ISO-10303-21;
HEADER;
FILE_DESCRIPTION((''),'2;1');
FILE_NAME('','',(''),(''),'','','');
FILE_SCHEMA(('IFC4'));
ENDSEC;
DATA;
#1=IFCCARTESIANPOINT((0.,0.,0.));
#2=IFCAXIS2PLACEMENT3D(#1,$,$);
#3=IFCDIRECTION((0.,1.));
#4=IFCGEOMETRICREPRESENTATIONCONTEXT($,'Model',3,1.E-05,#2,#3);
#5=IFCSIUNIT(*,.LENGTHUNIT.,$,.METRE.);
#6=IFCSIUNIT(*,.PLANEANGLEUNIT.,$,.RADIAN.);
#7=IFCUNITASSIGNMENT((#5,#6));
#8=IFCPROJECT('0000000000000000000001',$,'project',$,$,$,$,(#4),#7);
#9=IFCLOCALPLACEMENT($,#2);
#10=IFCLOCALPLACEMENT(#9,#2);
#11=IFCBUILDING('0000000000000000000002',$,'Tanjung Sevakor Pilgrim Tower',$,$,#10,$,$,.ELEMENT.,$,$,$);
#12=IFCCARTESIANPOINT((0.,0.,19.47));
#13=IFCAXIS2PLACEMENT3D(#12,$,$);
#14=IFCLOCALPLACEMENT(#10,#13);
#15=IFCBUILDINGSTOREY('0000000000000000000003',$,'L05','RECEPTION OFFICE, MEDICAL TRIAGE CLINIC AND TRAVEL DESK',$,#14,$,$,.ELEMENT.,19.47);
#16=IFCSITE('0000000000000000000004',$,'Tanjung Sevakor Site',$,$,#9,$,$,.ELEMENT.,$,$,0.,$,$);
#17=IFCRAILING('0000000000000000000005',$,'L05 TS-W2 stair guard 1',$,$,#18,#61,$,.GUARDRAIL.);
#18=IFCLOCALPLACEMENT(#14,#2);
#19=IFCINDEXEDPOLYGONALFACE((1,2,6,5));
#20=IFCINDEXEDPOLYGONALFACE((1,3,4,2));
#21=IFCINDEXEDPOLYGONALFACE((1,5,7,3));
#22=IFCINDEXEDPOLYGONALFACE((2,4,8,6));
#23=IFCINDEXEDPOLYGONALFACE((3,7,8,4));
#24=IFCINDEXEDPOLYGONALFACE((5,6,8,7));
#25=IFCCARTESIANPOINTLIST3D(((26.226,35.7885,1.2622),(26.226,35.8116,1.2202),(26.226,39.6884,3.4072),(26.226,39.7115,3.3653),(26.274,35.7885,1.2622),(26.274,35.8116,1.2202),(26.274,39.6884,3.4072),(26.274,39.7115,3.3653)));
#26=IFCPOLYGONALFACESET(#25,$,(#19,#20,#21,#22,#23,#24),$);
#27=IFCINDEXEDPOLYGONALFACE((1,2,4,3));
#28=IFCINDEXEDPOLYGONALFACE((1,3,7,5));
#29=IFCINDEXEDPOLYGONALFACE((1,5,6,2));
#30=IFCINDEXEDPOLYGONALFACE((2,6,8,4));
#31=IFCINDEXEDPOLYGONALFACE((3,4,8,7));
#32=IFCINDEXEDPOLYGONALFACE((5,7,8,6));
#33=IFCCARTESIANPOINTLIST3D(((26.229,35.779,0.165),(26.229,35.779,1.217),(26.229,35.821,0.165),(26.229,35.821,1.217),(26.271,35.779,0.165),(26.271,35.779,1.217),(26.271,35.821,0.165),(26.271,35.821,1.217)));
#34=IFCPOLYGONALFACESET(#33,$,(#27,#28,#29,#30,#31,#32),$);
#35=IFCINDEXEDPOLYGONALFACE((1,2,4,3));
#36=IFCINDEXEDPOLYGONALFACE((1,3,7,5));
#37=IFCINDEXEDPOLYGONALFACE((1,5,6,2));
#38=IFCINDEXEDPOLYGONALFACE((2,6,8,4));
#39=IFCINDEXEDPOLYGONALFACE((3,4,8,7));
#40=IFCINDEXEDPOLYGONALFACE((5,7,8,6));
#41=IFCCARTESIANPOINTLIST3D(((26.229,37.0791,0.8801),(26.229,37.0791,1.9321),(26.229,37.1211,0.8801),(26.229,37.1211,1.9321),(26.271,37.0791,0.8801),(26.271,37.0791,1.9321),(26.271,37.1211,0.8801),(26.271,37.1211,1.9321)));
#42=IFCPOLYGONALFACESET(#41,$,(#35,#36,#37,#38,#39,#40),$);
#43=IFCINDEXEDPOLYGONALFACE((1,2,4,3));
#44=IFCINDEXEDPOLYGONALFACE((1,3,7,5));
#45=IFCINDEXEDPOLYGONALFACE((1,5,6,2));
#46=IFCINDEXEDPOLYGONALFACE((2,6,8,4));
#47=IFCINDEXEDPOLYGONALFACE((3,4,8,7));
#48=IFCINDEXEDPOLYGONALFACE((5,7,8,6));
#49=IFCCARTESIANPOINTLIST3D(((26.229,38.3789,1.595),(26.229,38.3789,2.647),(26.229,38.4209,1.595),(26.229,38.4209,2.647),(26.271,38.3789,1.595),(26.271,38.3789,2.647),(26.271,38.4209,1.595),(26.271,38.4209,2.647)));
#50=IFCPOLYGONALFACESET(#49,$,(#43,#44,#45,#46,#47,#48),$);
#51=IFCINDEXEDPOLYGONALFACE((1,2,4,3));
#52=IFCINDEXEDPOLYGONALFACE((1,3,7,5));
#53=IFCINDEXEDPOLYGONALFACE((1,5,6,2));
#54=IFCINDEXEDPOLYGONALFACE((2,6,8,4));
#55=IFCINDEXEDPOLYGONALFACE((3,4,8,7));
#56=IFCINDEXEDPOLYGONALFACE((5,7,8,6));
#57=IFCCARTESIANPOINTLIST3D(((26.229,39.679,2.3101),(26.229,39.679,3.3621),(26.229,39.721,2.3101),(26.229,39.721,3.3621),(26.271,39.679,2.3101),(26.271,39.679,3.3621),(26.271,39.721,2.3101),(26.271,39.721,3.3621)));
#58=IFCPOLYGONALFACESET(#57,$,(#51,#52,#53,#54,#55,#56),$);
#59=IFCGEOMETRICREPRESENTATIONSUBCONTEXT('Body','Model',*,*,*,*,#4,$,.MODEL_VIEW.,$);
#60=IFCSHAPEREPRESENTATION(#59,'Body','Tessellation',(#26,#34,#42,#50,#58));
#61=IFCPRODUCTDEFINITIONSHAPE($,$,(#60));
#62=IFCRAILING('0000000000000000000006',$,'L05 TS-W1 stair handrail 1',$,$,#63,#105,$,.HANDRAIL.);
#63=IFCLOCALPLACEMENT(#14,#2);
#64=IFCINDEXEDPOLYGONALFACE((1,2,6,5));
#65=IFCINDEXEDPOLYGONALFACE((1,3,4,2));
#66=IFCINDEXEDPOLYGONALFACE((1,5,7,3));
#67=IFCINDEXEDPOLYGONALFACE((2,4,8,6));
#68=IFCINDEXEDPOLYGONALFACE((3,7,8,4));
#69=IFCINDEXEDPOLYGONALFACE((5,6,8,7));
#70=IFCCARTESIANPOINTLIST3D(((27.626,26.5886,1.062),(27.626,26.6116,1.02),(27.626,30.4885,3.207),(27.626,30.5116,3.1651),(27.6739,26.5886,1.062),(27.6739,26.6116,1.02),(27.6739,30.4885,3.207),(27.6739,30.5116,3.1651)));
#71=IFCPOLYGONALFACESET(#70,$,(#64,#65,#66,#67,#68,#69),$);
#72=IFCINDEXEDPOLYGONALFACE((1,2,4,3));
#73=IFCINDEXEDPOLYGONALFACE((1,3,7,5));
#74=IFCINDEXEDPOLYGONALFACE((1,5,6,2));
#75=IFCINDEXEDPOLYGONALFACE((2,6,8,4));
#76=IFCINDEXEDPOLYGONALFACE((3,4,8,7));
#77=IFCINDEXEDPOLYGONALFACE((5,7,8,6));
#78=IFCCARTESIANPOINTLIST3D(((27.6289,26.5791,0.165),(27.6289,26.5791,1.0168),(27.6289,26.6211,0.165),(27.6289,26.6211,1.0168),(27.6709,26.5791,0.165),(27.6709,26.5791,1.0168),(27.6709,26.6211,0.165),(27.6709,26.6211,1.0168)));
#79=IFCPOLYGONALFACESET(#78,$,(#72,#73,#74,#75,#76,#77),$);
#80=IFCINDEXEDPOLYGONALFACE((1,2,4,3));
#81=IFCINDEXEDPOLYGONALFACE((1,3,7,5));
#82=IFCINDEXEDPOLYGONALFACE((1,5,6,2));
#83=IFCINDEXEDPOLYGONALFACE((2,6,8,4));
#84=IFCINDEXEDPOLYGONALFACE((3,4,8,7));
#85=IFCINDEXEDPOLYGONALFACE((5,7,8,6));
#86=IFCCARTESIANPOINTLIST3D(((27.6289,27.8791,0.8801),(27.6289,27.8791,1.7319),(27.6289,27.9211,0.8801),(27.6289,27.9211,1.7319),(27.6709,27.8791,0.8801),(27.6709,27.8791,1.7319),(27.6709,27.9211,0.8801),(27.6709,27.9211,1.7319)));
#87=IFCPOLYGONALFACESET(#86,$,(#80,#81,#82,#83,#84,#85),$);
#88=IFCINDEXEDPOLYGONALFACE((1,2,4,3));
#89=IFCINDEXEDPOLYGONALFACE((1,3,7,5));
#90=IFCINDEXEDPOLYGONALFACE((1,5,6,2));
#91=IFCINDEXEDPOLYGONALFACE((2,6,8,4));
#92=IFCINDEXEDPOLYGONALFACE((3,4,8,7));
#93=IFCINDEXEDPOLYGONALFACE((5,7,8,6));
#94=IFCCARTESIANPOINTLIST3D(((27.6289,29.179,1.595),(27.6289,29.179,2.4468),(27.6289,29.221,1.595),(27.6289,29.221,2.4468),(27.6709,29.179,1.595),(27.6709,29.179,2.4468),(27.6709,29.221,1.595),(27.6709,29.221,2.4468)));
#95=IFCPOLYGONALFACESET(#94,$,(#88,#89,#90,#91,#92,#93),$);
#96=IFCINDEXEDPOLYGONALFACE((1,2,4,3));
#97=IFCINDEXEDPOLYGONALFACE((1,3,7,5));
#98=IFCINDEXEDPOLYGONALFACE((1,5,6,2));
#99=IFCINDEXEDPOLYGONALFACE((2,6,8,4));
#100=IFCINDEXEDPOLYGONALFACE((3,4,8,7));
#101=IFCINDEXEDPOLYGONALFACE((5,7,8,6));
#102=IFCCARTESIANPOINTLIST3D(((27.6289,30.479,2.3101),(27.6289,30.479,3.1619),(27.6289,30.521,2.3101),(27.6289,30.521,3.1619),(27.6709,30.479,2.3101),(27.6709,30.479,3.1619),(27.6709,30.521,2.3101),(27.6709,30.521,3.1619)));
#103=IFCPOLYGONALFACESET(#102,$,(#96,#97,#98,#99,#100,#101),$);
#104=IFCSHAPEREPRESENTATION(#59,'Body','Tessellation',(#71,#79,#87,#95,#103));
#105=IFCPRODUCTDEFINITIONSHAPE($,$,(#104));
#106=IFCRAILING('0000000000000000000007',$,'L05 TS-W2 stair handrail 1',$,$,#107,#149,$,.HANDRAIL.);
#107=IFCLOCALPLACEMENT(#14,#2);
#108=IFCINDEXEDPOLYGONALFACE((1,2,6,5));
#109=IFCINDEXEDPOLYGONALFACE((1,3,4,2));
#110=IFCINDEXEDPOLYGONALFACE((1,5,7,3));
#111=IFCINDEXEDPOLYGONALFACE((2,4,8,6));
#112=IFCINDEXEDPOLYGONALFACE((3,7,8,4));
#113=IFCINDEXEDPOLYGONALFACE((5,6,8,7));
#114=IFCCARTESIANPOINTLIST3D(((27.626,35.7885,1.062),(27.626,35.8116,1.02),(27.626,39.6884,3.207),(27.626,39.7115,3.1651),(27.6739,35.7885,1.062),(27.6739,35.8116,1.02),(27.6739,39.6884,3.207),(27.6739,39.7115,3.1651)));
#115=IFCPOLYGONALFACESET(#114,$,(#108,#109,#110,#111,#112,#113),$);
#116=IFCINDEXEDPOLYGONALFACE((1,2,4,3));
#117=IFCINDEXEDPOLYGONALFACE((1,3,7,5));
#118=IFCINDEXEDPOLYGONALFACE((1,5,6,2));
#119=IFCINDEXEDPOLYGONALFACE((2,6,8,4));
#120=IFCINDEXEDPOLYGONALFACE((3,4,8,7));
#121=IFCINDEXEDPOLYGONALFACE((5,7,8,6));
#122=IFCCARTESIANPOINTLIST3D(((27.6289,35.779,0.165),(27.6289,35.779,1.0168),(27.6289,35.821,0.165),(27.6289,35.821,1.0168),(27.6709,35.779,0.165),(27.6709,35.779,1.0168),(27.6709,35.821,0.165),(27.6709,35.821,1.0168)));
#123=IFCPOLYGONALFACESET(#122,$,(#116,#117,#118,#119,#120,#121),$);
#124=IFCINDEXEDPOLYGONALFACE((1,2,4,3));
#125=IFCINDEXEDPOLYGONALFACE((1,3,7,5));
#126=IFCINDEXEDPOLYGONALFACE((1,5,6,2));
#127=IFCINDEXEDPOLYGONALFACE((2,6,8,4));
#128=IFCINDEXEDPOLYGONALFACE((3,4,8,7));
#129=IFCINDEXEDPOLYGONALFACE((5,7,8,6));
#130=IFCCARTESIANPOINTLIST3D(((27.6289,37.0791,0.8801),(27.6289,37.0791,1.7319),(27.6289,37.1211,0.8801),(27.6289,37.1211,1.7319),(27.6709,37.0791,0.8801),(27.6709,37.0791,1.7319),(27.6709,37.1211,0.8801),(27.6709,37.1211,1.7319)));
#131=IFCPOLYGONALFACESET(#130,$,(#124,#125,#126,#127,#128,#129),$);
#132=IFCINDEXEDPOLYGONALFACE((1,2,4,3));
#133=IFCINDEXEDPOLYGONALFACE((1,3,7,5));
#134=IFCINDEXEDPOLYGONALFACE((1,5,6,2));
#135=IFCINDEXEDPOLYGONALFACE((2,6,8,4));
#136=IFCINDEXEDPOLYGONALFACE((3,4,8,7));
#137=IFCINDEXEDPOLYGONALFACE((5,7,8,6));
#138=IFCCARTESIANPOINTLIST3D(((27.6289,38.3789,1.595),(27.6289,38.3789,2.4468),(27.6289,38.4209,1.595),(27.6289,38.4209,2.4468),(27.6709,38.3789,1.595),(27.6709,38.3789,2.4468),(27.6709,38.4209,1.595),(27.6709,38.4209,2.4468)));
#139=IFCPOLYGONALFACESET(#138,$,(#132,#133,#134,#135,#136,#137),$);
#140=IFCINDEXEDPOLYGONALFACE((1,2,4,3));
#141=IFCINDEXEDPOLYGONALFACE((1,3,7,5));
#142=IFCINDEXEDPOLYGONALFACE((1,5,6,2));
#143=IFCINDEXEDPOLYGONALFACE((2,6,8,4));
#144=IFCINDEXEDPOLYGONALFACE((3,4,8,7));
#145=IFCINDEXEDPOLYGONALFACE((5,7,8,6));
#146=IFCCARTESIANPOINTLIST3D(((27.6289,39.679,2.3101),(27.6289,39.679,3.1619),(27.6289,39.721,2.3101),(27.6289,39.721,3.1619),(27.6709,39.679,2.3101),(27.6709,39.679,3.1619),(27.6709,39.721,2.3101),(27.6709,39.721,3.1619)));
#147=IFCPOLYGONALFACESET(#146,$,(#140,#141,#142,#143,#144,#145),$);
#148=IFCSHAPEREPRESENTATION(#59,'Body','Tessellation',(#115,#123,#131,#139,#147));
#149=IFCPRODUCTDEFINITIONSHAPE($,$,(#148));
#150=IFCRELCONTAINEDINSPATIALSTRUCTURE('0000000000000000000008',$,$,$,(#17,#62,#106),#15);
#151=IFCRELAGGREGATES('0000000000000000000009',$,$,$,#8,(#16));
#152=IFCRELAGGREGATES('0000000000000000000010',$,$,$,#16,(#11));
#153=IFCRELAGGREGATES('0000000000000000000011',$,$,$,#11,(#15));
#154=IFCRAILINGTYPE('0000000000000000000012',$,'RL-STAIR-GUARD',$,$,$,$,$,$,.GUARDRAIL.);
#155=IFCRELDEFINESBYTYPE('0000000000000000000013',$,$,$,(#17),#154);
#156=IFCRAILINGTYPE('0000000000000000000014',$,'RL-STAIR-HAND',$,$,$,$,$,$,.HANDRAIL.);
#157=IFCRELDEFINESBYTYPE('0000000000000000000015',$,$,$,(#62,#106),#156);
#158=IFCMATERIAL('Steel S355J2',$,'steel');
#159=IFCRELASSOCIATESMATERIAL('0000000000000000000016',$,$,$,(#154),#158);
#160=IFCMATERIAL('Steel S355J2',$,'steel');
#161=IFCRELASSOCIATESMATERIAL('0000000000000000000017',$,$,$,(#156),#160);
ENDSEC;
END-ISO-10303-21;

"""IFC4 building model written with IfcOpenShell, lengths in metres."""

from ifc_helpers import new_model, si_unit, direction, frame, origin, place, context, subcontext, project, spatial, rectangle, extrude, material, type_object, element, save


model = new_model("IFC4")

# Units and contexts
model_context = context("Model", 3, precision=1e-05, world=origin(), true_north=direction((0.0, 1.0)))
body_context = subcontext(model_context, "Body", "Model", "MODEL_VIEW")
ifc_project = project(units=[si_unit("LENGTHUNIT", "METRE"), si_unit("PLANEANGLEUNIT", "RADIAN")], contexts=[model_context])

# Site, building, storey
site_placement = place(None, origin())
site = spatial("IfcSite", under=ifc_project, at=site_placement, Name="Tanjung Sevakor Site", CompositionType="ELEMENT", RefElevation=0.0)
building_placement = place(site_placement, origin())
building = spatial("IfcBuilding", under=site, at=building_placement, Name="Tanjung Sevakor Pilgrim Tower", CompositionType="ELEMENT")
storey_placement = place(building_placement, frame((0.0, 0.0, 19.47)))
storey = spatial("IfcBuildingStorey", under=building, at=storey_placement, Name="L05", Description="RECEPTION OFFICE, MEDICAL TRIAGE CLINIC AND TRAVEL DESK", CompositionType="ELEMENT", Elevation=19.47)

# Railings
ifc_material_1 = material(Name="Steel S355J2", Category="steel")
railing_type_1 = type_object("IfcRailingType", Name="RL-STAIR-GUARD", PredefinedType="GUARDRAIL", material=ifc_material_1)
railing_1_placement = place(storey_placement, frame((26.25, 35.8, 0.165)))
element("IfcRailing", 1, at=railing_1_placement, inside=storey, type_object=railing_type_1, Name="L05 TS-W2 stair guard 1", PredefinedType="GUARDRAIL", context=body_context, shape_type="SweptSolid", body=[
    extrude(rectangle(XDim=0.0479, YDim=0.0479), frame((0.0, 0.0, 1.0762), z_axis=(0.0, 0.876209, 0.481931), x_axis=(-1.0, 0.0, 0.0)), (0.0, 0.0, 1.0), 4.4509),
    extrude(rectangle(XDim=0.042, YDim=0.042), origin(), (0.0, 0.0, 1.0), 1.052),
    extrude(rectangle(XDim=0.042, YDim=0.042), frame((0.0, 1.3, 0.7151)), (0.0, 0.0, 1.0), 1.052),
    extrude(rectangle(XDim=0.042, YDim=0.042), frame((0.0, 2.5999, 1.4299)), (0.0, 0.0, 1.0), 1.052),
    extrude(rectangle(XDim=0.042, YDim=0.042), frame((0.0, 3.8999, 2.145)), (0.0, 0.0, 1.0), 1.052),
])
ifc_material_2 = material(Name="Steel S355J2", Category="steel")
railing_type_2 = type_object("IfcRailingType", Name="RL-STAIR-HAND", PredefinedType="HANDRAIL", material=ifc_material_2)
for number, where, name in (
    (2, (27.6499, 26.6001, 0.165), "L05 TS-W1 stair handrail 1"),
    (3, (27.6499, 35.8, 0.165), "L05 TS-W2 stair handrail 1"),
):
    element("IfcRailing", number, at=place(storey_placement, frame(where)), inside=storey, type_object=railing_type_2, Name=name, PredefinedType="HANDRAIL", context=body_context, shape_type="SweptSolid", body=[
        extrude(rectangle(XDim=0.0479, YDim=0.0479), frame((0.0, 0.0, 0.876), z_axis=(0.0, 0.876209, 0.481931), x_axis=(-1.0, 0.0, 0.0)), (0.0, 0.0, 1.0), 4.4509),
        extrude(rectangle(XDim=0.042, YDim=0.042), origin(), (0.0, 0.0, 1.0), 0.8518),
        extrude(rectangle(XDim=0.042, YDim=0.042), frame((0.0, 1.3, 0.7151)), (0.0, 0.0, 1.0), 0.8518),
        extrude(rectangle(XDim=0.042, YDim=0.042), frame((0.0, 2.5999, 1.4299)), (0.0, 0.0, 1.0), 0.8518),
        extrude(rectangle(XDim=0.042, YDim=0.042), frame((0.0, 3.8999, 2.145)), (0.0, 0.0, 1.0), 0.8518),
    ])

save(model, "model.ifc")
